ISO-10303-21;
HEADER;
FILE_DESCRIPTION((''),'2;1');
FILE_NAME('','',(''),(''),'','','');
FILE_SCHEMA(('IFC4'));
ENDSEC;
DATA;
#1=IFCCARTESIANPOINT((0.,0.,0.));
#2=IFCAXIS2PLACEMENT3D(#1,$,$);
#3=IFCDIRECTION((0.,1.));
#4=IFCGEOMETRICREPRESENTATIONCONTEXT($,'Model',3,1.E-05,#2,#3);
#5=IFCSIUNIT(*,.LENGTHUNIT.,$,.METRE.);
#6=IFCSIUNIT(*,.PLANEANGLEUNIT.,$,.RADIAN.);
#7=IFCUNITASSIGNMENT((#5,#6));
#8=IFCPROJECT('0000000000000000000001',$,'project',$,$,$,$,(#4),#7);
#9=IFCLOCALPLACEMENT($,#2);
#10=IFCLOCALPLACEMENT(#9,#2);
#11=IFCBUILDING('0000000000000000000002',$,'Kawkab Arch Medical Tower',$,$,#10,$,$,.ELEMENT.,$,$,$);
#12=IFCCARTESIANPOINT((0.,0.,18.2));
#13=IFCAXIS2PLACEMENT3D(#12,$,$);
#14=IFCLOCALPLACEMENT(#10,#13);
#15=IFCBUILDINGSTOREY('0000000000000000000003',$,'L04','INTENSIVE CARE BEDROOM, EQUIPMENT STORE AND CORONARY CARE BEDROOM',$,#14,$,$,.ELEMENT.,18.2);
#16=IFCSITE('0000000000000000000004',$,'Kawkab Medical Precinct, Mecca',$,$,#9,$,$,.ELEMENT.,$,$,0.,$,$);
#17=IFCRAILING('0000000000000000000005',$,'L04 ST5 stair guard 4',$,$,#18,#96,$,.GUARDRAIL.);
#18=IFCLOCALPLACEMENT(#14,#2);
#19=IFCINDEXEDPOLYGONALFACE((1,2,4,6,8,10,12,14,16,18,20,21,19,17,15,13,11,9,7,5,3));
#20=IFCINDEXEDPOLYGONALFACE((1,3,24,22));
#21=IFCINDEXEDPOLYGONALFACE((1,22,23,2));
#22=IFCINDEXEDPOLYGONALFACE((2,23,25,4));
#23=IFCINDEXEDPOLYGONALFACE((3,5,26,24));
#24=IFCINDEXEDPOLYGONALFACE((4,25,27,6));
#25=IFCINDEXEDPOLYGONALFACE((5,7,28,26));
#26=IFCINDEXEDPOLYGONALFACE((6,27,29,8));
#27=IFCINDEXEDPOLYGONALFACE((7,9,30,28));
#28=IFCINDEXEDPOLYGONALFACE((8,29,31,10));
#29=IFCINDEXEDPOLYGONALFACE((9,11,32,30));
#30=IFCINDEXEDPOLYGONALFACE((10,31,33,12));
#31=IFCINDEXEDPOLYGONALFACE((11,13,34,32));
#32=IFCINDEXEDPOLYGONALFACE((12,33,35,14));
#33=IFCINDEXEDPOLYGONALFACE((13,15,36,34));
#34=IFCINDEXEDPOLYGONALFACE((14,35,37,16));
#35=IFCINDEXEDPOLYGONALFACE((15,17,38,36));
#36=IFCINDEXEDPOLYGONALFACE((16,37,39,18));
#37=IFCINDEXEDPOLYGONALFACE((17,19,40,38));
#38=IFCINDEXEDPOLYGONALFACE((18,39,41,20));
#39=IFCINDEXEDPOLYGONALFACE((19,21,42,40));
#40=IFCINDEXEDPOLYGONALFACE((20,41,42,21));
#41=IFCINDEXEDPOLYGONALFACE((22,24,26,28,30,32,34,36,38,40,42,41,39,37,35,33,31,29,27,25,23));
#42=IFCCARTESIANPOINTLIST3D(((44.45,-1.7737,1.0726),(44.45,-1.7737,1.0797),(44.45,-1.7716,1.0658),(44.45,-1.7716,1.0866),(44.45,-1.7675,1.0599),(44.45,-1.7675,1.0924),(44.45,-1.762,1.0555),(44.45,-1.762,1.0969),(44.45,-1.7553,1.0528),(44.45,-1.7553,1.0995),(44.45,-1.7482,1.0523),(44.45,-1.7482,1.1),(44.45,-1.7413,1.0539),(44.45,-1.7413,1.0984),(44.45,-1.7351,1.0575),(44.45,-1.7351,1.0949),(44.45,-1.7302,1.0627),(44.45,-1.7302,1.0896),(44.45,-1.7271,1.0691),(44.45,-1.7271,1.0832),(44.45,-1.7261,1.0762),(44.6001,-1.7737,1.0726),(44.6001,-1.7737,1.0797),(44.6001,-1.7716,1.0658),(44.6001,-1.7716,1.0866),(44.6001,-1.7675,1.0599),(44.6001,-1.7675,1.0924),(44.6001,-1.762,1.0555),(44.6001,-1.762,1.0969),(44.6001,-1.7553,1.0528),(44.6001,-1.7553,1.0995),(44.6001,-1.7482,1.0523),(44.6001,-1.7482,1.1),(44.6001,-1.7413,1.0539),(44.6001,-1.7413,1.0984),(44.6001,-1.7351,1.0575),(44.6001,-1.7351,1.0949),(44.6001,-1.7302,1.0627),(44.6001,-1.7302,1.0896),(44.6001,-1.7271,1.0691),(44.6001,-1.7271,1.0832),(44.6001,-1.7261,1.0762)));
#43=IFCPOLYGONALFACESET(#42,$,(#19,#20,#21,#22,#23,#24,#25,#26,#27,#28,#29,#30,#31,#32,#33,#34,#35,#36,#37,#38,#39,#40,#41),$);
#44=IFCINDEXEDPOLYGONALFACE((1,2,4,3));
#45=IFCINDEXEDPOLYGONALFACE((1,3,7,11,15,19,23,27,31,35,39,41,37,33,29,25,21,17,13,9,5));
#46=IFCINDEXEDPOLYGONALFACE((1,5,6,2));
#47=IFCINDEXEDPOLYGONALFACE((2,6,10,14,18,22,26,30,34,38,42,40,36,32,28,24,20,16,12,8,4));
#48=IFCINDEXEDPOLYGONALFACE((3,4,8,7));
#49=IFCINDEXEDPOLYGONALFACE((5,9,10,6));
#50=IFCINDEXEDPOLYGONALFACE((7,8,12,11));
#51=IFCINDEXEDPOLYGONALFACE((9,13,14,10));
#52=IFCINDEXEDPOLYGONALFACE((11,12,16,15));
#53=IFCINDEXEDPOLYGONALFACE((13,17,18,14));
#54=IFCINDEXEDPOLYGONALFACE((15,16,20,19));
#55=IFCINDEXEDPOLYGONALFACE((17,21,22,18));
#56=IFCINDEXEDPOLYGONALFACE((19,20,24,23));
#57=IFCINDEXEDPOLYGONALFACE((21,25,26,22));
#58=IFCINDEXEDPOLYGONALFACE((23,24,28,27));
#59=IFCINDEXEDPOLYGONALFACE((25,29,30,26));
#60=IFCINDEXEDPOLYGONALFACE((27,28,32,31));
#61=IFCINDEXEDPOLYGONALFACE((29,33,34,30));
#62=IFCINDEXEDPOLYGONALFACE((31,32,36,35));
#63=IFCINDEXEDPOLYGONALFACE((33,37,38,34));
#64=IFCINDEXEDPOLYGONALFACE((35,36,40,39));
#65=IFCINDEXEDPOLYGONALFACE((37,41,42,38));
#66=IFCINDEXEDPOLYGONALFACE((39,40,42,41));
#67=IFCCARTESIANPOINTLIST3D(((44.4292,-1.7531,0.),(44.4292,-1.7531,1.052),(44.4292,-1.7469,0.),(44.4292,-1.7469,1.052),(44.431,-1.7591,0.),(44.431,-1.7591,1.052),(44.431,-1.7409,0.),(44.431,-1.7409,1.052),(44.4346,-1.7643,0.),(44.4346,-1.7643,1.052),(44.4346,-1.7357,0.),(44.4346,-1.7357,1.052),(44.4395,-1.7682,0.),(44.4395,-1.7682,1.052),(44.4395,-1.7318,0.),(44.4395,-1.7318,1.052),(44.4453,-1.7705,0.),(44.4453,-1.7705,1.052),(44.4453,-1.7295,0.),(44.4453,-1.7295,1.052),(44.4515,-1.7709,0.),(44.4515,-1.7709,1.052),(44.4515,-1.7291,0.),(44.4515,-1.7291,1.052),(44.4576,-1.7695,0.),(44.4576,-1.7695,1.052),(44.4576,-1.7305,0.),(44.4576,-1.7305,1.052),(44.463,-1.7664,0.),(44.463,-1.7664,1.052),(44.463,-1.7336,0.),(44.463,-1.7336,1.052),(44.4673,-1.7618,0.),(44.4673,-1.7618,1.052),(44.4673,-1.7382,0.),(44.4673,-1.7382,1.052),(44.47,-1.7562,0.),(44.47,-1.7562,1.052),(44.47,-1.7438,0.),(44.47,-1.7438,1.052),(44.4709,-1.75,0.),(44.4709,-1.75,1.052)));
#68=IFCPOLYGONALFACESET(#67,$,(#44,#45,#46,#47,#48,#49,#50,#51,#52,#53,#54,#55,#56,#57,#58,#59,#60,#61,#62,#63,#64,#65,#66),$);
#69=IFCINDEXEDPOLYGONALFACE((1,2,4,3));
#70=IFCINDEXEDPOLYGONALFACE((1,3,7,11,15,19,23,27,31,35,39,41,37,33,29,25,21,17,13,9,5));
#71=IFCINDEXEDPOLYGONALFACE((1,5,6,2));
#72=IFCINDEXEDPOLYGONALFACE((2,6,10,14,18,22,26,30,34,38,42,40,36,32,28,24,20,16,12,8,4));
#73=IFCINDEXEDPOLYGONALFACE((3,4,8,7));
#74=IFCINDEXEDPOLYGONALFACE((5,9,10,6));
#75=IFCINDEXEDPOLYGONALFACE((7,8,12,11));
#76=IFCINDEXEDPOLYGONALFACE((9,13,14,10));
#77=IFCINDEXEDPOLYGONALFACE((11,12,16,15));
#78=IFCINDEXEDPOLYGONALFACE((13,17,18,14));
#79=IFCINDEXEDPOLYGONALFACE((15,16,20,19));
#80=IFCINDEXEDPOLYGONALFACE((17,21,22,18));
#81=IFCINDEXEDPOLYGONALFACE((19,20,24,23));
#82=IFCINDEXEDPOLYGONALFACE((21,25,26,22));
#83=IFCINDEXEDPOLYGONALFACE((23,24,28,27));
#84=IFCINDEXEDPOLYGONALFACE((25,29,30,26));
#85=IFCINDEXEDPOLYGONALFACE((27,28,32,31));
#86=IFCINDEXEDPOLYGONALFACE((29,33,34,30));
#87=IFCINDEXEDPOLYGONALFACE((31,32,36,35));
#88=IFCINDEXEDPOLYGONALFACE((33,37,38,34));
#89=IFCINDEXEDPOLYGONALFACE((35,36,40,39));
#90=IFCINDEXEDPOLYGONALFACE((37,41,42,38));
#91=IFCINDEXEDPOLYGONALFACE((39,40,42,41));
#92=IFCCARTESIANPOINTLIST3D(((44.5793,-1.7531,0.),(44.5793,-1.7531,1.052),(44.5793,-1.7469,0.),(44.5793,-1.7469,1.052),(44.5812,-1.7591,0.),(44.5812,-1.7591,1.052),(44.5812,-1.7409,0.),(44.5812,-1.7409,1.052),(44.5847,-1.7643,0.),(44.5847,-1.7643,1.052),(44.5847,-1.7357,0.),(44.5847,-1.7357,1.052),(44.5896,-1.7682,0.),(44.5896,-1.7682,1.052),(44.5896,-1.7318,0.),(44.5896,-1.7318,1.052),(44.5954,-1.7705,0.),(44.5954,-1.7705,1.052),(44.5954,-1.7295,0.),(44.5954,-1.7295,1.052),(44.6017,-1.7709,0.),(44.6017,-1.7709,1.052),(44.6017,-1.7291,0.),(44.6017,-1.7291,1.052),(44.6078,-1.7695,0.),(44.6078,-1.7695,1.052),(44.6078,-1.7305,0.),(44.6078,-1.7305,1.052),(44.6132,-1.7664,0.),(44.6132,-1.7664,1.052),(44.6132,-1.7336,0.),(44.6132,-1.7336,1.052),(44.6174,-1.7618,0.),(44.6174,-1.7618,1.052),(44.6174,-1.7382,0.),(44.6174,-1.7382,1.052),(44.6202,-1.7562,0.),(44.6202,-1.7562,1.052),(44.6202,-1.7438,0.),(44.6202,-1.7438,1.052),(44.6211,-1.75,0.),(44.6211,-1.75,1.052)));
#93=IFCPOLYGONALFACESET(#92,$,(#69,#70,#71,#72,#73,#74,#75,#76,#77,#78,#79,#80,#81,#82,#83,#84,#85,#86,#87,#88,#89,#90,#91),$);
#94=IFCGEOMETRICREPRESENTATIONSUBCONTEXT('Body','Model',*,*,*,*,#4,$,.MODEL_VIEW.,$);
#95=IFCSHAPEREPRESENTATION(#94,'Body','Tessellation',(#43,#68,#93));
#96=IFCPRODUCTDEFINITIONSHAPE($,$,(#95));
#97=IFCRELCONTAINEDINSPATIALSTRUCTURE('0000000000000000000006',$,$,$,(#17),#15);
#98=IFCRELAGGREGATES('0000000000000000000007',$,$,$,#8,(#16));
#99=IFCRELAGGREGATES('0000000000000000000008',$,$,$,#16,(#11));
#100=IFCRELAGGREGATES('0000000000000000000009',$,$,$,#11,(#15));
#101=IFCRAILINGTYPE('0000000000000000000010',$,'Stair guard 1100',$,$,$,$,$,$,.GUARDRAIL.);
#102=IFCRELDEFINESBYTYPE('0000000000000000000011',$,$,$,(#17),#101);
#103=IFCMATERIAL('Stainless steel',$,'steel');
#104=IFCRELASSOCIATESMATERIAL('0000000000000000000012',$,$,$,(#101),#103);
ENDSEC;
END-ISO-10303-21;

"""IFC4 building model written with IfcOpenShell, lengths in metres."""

from ifc_helpers import new_model, si_unit, direction, frame, origin, origin_2d, place, context, subcontext, project, spatial, circle, extrude, material, type_object, element, save


model = new_model("IFC4")

# Units and contexts
model_context = context("Model", 3, precision=1e-05, world=origin(), true_north=direction((0.0, 1.0)))
body_context = subcontext(model_context, "Body", "Model", "MODEL_VIEW")
ifc_project = project(units=[si_unit("LENGTHUNIT", "METRE"), si_unit("PLANEANGLEUNIT", "RADIAN")], contexts=[model_context])

# Site, building, storey
site_placement = place(None, origin())
site = spatial("IfcSite", under=ifc_project, at=site_placement, Name="Kawkab Medical Precinct, Mecca", CompositionType="ELEMENT", RefElevation=0.0)
building_placement = place(site_placement, origin())
building = spatial("IfcBuilding", under=site, at=building_placement, Name="Kawkab Arch Medical Tower", CompositionType="ELEMENT")
storey_placement = place(building_placement, frame((0.0, 0.0, 18.2)))
storey = spatial("IfcBuildingStorey", under=building, at=storey_placement, Name="L04", Description="INTENSIVE CARE BEDROOM, EQUIPMENT STORE AND CORONARY CARE BEDROOM", CompositionType="ELEMENT", Elevation=18.2)

# Railing
ifc_material_1 = material(Name="Stainless steel", Category="steel")
railing_type = type_object("IfcRailingType", Name="Stair guard 1100", PredefinedType="GUARDRAIL", material=ifc_material_1)
railing_1_placement = place(storey_placement, frame((44.45, -1.75, 0.0)))
element("IfcRailing", 1, at=railing_1_placement, inside=storey, type_object=railing_type, Name="L04 ST5 stair guard 4", PredefinedType="GUARDRAIL", context=body_context, shape_type="SweptSolid", body=[
    extrude(circle(Radius=0.0239, at=origin_2d()), frame((0.0, 0.0, 1.0762), z_axis=(1.0, 0.0, 0.0), x_axis=(0.0, 1.0, 0.0)), (0.0, 0.0, 1.0), 0.1501),
    extrude(circle(Radius=0.021, at=origin_2d()), origin(), (0.0, 0.0, 1.0), 1.052),
    extrude(circle(Radius=0.021, at=origin_2d()), frame((0.1501, 0.0, 0.0)), (0.0, 0.0, 1.0), 1.052),
])

save(model, "model.ifc")
